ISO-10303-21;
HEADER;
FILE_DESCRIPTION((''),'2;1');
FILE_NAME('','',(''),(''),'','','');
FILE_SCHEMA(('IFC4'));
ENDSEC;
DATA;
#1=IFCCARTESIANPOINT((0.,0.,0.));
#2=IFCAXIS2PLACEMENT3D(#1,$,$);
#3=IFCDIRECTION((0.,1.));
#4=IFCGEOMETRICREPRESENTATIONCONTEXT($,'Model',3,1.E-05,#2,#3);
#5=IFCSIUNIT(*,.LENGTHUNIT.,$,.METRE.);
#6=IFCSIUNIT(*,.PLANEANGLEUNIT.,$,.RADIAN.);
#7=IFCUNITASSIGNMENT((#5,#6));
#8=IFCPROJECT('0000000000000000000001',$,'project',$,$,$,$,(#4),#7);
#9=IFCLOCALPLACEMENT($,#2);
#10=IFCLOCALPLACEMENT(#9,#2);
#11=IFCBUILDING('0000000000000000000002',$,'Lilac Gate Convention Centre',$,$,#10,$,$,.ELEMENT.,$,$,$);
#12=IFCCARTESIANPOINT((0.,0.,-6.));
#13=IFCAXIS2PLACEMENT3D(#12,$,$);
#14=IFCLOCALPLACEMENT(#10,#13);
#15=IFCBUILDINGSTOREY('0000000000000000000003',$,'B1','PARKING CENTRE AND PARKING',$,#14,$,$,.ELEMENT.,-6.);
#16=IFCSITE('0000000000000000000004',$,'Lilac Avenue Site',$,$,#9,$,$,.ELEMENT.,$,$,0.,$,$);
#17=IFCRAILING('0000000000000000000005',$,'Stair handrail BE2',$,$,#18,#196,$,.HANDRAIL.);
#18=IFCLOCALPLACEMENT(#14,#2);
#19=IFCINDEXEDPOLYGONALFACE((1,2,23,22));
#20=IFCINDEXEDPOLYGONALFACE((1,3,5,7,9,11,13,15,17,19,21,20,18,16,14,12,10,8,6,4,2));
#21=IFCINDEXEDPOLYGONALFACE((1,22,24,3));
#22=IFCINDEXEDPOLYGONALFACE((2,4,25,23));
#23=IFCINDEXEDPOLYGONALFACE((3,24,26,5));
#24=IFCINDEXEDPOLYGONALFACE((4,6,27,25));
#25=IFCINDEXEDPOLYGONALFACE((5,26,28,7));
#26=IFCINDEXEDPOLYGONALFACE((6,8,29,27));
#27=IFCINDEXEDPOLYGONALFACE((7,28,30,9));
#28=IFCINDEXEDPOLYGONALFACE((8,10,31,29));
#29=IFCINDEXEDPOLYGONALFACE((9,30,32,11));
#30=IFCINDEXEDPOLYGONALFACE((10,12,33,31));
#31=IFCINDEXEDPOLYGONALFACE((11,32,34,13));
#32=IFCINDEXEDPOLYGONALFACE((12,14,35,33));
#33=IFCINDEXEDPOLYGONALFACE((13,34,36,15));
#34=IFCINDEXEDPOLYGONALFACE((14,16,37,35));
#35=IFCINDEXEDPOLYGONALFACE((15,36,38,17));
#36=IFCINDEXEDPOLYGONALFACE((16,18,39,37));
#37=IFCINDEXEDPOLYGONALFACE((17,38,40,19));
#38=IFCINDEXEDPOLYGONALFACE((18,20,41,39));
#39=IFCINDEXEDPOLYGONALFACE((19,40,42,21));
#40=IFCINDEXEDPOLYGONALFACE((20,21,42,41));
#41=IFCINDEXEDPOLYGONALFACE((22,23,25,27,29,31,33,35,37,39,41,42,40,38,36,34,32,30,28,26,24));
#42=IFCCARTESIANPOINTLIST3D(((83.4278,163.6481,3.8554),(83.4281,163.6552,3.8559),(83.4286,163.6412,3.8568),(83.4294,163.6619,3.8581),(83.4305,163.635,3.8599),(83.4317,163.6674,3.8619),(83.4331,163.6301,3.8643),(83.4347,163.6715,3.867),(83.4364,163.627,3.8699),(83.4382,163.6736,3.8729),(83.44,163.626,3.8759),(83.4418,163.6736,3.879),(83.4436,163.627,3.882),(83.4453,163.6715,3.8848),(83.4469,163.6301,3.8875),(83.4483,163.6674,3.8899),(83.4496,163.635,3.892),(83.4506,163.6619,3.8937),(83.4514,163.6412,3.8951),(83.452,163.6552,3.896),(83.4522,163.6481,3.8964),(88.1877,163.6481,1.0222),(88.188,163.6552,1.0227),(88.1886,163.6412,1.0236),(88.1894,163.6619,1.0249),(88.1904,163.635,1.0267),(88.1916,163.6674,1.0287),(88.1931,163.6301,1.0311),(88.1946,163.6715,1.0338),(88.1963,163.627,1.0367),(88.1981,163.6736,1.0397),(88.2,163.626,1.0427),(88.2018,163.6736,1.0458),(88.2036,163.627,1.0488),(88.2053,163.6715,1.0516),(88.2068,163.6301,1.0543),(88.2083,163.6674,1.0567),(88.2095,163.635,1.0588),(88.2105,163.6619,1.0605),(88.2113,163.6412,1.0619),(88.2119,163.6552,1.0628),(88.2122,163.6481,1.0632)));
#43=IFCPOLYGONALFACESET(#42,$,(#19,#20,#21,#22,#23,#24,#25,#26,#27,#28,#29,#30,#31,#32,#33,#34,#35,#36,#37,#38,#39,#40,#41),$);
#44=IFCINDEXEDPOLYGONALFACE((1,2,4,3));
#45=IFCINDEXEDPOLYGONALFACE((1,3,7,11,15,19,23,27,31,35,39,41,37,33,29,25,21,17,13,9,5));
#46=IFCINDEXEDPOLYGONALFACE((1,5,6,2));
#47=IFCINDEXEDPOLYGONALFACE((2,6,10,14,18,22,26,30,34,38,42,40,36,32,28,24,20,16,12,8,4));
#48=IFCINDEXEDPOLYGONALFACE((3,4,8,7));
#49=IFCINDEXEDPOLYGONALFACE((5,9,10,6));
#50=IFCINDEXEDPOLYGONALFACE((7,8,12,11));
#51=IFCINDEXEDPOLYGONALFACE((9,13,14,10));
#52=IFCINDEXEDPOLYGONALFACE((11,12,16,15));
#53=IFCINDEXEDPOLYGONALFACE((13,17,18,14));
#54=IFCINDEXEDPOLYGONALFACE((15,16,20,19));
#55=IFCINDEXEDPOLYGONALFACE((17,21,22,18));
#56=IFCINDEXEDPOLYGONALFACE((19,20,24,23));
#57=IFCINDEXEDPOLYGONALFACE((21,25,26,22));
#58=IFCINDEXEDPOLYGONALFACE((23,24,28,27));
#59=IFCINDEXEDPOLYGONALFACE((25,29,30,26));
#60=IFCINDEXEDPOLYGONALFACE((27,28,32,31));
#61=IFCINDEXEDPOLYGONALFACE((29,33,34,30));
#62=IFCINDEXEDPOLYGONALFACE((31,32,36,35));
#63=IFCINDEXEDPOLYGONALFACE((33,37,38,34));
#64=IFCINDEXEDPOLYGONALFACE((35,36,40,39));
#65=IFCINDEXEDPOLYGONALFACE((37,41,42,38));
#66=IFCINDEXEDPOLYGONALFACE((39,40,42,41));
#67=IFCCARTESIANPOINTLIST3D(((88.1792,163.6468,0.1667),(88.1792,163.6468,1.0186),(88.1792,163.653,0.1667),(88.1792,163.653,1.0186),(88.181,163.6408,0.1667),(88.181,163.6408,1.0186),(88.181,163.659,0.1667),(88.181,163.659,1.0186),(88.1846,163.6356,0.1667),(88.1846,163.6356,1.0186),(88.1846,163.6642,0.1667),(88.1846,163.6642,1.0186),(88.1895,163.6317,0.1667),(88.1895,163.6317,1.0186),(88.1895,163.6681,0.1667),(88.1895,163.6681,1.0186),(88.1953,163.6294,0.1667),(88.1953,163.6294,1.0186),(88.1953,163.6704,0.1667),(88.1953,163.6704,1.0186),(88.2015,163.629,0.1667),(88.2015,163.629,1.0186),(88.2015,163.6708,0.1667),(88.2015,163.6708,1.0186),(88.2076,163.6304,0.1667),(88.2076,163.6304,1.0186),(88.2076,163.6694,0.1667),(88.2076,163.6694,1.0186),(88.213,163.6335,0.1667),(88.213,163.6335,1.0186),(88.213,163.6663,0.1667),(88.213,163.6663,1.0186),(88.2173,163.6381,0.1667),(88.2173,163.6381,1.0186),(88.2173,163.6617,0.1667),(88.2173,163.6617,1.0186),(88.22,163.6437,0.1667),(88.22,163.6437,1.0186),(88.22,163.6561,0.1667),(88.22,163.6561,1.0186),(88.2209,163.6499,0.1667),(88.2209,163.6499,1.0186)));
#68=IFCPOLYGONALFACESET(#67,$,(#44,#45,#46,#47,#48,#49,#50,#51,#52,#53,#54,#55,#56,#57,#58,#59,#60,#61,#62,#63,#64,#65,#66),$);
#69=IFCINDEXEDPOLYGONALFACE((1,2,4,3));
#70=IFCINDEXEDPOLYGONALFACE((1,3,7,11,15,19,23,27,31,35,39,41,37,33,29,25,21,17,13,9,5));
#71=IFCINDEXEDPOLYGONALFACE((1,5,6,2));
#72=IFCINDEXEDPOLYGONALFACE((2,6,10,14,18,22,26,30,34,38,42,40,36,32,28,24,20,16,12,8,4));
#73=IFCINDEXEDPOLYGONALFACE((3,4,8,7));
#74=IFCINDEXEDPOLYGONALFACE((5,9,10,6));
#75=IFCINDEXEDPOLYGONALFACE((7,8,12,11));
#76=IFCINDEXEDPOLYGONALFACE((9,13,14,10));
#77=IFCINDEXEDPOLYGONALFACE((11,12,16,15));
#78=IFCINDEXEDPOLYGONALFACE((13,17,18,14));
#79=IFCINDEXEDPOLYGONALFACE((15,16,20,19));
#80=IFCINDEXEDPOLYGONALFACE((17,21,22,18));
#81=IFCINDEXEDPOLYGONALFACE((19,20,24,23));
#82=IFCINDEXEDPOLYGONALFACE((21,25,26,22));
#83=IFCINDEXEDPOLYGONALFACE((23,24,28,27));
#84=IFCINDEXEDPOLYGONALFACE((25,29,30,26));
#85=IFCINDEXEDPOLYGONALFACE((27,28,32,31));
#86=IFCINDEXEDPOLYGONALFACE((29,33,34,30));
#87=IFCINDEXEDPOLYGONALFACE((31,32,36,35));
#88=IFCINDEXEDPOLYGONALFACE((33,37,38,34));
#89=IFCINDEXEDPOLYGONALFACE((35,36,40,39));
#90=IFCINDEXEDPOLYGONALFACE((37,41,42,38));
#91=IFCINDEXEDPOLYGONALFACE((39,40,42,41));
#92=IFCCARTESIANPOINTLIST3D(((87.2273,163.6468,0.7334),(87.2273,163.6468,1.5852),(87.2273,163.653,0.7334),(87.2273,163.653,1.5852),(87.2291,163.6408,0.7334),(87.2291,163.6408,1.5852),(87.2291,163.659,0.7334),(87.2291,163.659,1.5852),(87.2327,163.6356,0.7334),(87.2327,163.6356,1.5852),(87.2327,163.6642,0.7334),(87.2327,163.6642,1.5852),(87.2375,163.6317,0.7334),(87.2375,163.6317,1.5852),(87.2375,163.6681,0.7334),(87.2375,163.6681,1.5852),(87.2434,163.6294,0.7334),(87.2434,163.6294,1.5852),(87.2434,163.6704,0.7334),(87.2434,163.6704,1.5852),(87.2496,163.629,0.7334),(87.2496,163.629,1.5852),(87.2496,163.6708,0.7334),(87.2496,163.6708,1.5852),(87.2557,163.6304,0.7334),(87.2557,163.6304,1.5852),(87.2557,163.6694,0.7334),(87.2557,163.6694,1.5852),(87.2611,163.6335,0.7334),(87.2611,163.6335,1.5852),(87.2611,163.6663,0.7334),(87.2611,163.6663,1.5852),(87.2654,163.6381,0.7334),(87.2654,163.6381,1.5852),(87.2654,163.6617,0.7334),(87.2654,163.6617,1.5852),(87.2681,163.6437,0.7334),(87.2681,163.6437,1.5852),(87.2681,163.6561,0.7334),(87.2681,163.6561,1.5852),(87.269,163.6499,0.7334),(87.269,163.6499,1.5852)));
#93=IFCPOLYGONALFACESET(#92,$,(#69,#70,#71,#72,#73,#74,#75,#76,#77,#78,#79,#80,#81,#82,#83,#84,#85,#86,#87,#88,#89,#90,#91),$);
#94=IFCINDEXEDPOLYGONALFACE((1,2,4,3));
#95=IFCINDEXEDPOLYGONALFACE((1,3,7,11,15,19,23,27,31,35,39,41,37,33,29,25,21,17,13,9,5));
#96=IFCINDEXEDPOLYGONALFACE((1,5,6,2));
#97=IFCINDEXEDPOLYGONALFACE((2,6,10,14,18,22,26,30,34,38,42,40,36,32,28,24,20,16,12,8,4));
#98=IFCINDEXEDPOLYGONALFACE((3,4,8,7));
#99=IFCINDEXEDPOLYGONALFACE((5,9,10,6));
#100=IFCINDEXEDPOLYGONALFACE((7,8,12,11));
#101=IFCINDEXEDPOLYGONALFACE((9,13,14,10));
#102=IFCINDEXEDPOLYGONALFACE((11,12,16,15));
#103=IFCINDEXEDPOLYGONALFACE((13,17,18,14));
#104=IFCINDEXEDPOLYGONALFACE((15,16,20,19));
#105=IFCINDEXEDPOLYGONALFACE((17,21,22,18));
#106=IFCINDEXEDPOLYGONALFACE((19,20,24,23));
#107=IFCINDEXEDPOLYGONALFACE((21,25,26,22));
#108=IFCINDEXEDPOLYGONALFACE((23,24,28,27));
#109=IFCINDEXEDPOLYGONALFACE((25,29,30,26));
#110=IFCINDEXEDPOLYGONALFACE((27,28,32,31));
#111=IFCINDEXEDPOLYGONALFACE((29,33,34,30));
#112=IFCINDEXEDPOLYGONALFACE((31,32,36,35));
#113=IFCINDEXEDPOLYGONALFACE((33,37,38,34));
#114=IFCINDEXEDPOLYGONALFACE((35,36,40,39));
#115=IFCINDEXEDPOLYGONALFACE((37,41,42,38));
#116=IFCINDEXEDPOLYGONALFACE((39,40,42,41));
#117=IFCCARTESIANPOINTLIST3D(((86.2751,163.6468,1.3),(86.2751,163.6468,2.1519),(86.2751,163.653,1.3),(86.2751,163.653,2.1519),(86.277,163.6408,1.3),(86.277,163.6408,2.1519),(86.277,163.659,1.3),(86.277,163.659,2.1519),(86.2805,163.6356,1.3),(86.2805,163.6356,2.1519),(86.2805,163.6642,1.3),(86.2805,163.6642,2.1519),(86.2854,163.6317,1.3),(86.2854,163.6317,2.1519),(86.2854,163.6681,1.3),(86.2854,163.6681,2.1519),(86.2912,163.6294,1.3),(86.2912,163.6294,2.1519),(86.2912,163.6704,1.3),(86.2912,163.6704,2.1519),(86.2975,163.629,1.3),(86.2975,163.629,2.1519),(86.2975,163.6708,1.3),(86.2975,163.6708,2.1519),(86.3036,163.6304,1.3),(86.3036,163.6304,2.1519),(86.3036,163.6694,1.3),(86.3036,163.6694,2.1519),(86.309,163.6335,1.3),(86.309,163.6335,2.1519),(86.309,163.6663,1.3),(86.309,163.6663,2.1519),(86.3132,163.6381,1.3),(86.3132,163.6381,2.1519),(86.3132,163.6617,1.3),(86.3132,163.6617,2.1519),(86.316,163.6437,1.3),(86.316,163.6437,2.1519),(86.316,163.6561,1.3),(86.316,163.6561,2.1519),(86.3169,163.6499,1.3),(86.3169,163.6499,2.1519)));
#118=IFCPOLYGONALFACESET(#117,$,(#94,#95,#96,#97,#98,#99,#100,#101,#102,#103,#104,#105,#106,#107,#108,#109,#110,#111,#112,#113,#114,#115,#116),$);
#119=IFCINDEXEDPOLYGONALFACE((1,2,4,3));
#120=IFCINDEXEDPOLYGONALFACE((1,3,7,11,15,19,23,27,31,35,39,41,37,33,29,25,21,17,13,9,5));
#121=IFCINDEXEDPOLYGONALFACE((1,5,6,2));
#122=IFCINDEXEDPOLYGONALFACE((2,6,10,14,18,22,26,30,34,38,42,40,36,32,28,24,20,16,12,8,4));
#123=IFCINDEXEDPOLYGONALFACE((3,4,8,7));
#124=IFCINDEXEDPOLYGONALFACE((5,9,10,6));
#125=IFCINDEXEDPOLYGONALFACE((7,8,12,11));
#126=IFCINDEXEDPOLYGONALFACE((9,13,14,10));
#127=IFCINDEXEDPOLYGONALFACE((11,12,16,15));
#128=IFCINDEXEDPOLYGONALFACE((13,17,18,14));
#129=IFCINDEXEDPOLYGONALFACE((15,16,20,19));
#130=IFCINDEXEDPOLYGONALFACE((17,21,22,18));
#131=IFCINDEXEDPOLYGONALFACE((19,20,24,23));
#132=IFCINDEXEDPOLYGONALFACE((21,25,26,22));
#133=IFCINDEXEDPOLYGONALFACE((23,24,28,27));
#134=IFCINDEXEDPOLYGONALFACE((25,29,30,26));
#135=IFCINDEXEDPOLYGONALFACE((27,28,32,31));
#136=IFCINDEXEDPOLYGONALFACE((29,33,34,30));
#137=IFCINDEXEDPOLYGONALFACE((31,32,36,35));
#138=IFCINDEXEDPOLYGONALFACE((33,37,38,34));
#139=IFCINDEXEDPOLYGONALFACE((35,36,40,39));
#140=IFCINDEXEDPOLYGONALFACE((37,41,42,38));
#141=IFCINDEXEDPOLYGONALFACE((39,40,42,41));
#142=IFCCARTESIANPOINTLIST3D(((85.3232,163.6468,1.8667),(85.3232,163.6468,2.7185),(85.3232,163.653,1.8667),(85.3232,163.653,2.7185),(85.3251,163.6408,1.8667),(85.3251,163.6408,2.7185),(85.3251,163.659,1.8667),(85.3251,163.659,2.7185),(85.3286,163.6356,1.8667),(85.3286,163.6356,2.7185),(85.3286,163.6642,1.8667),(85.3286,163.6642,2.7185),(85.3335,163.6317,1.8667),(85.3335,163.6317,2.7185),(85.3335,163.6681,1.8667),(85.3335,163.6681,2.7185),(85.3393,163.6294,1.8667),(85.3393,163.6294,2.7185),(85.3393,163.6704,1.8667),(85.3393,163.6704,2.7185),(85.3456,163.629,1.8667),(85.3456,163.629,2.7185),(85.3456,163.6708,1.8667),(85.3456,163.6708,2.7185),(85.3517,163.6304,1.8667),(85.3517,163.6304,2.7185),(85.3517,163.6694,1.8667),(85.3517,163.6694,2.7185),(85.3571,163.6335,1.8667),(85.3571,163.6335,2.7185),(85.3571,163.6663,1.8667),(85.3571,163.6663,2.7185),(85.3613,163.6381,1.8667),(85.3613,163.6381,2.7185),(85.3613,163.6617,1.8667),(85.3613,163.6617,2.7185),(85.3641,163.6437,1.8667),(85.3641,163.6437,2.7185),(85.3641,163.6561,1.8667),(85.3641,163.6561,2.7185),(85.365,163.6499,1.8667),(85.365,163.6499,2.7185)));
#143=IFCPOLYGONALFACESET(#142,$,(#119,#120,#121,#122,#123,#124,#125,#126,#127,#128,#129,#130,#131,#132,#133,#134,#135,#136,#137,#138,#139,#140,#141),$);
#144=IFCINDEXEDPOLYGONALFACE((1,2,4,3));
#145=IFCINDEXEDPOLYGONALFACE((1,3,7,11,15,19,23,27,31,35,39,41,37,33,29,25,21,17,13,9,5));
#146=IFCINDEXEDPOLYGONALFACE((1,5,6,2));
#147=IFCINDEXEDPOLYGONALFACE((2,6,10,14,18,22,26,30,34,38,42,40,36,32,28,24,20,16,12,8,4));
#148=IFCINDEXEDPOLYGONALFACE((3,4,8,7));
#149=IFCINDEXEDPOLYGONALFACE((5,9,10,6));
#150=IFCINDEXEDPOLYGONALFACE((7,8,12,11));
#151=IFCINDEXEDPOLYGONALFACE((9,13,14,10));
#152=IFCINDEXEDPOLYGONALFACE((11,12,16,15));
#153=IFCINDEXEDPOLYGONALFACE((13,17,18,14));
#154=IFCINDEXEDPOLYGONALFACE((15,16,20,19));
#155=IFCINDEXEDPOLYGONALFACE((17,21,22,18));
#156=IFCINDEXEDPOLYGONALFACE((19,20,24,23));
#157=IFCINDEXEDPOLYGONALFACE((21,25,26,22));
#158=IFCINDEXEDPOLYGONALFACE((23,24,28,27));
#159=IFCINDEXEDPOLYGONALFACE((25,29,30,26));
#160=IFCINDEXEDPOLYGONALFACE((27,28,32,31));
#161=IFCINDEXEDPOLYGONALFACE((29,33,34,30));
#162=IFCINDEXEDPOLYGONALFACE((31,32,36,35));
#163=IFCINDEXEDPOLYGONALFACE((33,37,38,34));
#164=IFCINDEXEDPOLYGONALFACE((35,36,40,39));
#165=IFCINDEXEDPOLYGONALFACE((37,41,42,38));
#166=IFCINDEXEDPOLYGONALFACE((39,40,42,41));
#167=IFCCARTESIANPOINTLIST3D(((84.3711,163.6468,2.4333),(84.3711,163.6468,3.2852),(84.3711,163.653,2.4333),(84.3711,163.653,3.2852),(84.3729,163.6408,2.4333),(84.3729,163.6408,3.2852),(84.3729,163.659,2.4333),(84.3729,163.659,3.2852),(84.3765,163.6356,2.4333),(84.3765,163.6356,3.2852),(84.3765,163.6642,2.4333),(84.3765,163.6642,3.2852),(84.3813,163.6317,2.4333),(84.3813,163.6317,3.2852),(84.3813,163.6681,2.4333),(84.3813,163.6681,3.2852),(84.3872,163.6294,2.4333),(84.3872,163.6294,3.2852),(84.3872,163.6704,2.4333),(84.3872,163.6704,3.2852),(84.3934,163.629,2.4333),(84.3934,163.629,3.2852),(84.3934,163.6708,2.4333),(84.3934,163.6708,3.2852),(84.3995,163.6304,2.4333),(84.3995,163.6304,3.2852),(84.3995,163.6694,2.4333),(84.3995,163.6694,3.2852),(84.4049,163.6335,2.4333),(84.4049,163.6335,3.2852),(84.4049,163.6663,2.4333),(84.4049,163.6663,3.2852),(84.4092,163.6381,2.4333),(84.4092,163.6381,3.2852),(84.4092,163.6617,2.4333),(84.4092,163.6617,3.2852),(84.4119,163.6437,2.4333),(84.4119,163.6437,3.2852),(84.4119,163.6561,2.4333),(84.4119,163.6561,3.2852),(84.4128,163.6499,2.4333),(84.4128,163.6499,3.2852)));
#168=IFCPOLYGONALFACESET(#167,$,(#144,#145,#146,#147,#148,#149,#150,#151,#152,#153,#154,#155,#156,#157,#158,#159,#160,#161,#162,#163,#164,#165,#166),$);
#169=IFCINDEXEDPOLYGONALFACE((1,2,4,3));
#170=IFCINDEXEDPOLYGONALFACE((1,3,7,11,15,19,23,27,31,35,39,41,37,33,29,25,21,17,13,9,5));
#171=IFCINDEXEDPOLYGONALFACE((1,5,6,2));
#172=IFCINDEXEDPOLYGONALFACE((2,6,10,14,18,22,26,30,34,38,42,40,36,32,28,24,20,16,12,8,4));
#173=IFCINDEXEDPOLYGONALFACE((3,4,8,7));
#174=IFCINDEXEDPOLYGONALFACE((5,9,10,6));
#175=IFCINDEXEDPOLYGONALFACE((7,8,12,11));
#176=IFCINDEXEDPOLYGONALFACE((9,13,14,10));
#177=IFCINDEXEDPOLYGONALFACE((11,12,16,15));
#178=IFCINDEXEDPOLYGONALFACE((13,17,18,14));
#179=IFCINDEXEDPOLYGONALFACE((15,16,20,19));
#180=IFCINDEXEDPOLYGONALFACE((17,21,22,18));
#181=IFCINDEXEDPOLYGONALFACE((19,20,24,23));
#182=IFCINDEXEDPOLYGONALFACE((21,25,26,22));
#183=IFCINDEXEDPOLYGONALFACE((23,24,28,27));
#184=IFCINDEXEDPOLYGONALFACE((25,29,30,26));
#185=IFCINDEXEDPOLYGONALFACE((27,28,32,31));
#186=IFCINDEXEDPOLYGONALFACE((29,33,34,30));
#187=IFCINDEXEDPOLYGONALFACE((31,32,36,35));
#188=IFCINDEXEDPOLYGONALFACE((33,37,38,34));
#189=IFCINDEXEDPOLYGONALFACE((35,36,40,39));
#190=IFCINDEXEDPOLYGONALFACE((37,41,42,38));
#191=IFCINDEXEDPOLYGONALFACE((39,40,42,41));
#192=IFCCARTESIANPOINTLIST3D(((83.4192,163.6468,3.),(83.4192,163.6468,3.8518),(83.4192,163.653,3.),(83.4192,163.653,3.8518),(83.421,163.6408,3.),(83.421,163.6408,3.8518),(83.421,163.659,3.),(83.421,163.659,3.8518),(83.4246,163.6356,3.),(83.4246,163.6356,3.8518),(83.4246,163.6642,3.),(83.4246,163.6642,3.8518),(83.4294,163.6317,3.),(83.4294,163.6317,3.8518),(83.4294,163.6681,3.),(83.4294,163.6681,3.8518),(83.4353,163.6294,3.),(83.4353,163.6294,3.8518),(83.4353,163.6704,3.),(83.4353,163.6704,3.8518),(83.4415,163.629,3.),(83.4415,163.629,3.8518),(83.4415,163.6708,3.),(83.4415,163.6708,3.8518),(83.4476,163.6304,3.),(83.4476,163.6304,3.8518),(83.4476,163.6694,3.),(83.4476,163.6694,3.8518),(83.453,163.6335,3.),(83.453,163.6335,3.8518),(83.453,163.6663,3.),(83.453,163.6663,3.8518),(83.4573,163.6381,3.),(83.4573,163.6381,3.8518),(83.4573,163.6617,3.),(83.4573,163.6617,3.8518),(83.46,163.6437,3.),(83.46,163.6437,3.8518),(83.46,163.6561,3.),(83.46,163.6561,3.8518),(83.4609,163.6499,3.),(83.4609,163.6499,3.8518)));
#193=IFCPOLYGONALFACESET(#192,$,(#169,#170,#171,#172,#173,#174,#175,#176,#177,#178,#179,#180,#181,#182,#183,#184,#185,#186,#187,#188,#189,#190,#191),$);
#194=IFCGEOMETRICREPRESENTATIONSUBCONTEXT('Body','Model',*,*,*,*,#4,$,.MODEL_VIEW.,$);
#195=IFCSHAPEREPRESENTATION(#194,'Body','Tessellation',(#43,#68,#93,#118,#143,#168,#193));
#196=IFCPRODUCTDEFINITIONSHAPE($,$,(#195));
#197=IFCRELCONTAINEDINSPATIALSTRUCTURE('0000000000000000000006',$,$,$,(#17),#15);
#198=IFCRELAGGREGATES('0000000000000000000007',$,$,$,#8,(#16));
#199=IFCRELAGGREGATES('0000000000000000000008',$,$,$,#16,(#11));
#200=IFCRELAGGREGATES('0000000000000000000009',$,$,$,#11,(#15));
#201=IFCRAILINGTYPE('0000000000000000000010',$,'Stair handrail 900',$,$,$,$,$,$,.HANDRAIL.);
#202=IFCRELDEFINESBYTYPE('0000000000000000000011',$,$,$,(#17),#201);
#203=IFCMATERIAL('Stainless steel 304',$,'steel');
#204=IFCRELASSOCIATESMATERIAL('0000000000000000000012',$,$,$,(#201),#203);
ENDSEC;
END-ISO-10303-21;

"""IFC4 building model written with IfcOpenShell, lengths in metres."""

from ifc_helpers import new_model, si_unit, direction, frame, origin, origin_2d, place, context, subcontext, project, spatial, circle, extrude, material, type_object, element, save


model = new_model("IFC4")

# Units and contexts
model_context = context("Model", 3, precision=1e-05, world=origin(), true_north=direction((0.0, 1.0)))
body_context = subcontext(model_context, "Body", "Model", "MODEL_VIEW")
ifc_project = project(units=[si_unit("LENGTHUNIT", "METRE"), si_unit("PLANEANGLEUNIT", "RADIAN")], contexts=[model_context])

# Site, building, storey
site_placement = place(None, origin())
site = spatial("IfcSite", under=ifc_project, at=site_placement, Name="Lilac Avenue Site", CompositionType="ELEMENT", RefElevation=0.0)
building_placement = place(site_placement, origin())
building = spatial("IfcBuilding", under=site, at=building_placement, Name="Lilac Gate Convention Centre", CompositionType="ELEMENT")
storey_placement = place(building_placement, frame((0.0, 0.0, -6.0)))
storey = spatial("IfcBuildingStorey", under=building, at=storey_placement, Name="B1", Description="PARKING CENTRE AND PARKING", CompositionType="ELEMENT", Elevation=-6.0)

# Railing
ifc_material_1 = material(Name="Stainless steel 304", Category="steel")
railing_type = type_object("IfcRailingType", Name="Stair handrail 900", PredefinedType="HANDRAIL", material=ifc_material_1)
for number, where, name in (
    (1, (88.2, 163.6499, 0.1667), "Stair handrail BE2"),
):
    element("IfcRailing", number, at=place(storey_placement, frame(where)), inside=storey, type_object=railing_type, Name=name, PredefinedType="HANDRAIL", context=body_context, shape_type="SweptSolid", body=[
        extrude(circle(Radius=0.0239, at=origin_2d()), frame((0.0, 0.0, 0.876), z_axis=(-0.8593, 0.0, 0.511472), x_axis=(0.0, -1.0, 0.0)), (0.0, 0.0, 1.0), 5.5393),
        extrude(circle(Radius=0.021, at=origin_2d()), origin(), (0.0, 0.0, 1.0), 0.8518),
        extrude(circle(Radius=0.021, at=origin_2d()), frame((-0.9519, 0.0, 0.5667)), (0.0, 0.0, 1.0), 0.8518),
        extrude(circle(Radius=0.021, at=origin_2d()), frame((-1.9041, 0.0, 1.1333)), (0.0, 0.0, 1.0), 0.8518),
        extrude(circle(Radius=0.021, at=origin_2d()), frame((-2.856, 0.0, 1.7)), (0.0, 0.0, 1.0), 0.8518),
        extrude(circle(Radius=0.021, at=origin_2d()), frame((-3.8081, 0.0, 2.2666)), (0.0, 0.0, 1.0), 0.8518),
        extrude(circle(Radius=0.021, at=origin_2d()), frame((-4.76, 0.0, 2.8333)), (0.0, 0.0, 1.0), 0.8518),
    ])

save(model, "model.ifc")
